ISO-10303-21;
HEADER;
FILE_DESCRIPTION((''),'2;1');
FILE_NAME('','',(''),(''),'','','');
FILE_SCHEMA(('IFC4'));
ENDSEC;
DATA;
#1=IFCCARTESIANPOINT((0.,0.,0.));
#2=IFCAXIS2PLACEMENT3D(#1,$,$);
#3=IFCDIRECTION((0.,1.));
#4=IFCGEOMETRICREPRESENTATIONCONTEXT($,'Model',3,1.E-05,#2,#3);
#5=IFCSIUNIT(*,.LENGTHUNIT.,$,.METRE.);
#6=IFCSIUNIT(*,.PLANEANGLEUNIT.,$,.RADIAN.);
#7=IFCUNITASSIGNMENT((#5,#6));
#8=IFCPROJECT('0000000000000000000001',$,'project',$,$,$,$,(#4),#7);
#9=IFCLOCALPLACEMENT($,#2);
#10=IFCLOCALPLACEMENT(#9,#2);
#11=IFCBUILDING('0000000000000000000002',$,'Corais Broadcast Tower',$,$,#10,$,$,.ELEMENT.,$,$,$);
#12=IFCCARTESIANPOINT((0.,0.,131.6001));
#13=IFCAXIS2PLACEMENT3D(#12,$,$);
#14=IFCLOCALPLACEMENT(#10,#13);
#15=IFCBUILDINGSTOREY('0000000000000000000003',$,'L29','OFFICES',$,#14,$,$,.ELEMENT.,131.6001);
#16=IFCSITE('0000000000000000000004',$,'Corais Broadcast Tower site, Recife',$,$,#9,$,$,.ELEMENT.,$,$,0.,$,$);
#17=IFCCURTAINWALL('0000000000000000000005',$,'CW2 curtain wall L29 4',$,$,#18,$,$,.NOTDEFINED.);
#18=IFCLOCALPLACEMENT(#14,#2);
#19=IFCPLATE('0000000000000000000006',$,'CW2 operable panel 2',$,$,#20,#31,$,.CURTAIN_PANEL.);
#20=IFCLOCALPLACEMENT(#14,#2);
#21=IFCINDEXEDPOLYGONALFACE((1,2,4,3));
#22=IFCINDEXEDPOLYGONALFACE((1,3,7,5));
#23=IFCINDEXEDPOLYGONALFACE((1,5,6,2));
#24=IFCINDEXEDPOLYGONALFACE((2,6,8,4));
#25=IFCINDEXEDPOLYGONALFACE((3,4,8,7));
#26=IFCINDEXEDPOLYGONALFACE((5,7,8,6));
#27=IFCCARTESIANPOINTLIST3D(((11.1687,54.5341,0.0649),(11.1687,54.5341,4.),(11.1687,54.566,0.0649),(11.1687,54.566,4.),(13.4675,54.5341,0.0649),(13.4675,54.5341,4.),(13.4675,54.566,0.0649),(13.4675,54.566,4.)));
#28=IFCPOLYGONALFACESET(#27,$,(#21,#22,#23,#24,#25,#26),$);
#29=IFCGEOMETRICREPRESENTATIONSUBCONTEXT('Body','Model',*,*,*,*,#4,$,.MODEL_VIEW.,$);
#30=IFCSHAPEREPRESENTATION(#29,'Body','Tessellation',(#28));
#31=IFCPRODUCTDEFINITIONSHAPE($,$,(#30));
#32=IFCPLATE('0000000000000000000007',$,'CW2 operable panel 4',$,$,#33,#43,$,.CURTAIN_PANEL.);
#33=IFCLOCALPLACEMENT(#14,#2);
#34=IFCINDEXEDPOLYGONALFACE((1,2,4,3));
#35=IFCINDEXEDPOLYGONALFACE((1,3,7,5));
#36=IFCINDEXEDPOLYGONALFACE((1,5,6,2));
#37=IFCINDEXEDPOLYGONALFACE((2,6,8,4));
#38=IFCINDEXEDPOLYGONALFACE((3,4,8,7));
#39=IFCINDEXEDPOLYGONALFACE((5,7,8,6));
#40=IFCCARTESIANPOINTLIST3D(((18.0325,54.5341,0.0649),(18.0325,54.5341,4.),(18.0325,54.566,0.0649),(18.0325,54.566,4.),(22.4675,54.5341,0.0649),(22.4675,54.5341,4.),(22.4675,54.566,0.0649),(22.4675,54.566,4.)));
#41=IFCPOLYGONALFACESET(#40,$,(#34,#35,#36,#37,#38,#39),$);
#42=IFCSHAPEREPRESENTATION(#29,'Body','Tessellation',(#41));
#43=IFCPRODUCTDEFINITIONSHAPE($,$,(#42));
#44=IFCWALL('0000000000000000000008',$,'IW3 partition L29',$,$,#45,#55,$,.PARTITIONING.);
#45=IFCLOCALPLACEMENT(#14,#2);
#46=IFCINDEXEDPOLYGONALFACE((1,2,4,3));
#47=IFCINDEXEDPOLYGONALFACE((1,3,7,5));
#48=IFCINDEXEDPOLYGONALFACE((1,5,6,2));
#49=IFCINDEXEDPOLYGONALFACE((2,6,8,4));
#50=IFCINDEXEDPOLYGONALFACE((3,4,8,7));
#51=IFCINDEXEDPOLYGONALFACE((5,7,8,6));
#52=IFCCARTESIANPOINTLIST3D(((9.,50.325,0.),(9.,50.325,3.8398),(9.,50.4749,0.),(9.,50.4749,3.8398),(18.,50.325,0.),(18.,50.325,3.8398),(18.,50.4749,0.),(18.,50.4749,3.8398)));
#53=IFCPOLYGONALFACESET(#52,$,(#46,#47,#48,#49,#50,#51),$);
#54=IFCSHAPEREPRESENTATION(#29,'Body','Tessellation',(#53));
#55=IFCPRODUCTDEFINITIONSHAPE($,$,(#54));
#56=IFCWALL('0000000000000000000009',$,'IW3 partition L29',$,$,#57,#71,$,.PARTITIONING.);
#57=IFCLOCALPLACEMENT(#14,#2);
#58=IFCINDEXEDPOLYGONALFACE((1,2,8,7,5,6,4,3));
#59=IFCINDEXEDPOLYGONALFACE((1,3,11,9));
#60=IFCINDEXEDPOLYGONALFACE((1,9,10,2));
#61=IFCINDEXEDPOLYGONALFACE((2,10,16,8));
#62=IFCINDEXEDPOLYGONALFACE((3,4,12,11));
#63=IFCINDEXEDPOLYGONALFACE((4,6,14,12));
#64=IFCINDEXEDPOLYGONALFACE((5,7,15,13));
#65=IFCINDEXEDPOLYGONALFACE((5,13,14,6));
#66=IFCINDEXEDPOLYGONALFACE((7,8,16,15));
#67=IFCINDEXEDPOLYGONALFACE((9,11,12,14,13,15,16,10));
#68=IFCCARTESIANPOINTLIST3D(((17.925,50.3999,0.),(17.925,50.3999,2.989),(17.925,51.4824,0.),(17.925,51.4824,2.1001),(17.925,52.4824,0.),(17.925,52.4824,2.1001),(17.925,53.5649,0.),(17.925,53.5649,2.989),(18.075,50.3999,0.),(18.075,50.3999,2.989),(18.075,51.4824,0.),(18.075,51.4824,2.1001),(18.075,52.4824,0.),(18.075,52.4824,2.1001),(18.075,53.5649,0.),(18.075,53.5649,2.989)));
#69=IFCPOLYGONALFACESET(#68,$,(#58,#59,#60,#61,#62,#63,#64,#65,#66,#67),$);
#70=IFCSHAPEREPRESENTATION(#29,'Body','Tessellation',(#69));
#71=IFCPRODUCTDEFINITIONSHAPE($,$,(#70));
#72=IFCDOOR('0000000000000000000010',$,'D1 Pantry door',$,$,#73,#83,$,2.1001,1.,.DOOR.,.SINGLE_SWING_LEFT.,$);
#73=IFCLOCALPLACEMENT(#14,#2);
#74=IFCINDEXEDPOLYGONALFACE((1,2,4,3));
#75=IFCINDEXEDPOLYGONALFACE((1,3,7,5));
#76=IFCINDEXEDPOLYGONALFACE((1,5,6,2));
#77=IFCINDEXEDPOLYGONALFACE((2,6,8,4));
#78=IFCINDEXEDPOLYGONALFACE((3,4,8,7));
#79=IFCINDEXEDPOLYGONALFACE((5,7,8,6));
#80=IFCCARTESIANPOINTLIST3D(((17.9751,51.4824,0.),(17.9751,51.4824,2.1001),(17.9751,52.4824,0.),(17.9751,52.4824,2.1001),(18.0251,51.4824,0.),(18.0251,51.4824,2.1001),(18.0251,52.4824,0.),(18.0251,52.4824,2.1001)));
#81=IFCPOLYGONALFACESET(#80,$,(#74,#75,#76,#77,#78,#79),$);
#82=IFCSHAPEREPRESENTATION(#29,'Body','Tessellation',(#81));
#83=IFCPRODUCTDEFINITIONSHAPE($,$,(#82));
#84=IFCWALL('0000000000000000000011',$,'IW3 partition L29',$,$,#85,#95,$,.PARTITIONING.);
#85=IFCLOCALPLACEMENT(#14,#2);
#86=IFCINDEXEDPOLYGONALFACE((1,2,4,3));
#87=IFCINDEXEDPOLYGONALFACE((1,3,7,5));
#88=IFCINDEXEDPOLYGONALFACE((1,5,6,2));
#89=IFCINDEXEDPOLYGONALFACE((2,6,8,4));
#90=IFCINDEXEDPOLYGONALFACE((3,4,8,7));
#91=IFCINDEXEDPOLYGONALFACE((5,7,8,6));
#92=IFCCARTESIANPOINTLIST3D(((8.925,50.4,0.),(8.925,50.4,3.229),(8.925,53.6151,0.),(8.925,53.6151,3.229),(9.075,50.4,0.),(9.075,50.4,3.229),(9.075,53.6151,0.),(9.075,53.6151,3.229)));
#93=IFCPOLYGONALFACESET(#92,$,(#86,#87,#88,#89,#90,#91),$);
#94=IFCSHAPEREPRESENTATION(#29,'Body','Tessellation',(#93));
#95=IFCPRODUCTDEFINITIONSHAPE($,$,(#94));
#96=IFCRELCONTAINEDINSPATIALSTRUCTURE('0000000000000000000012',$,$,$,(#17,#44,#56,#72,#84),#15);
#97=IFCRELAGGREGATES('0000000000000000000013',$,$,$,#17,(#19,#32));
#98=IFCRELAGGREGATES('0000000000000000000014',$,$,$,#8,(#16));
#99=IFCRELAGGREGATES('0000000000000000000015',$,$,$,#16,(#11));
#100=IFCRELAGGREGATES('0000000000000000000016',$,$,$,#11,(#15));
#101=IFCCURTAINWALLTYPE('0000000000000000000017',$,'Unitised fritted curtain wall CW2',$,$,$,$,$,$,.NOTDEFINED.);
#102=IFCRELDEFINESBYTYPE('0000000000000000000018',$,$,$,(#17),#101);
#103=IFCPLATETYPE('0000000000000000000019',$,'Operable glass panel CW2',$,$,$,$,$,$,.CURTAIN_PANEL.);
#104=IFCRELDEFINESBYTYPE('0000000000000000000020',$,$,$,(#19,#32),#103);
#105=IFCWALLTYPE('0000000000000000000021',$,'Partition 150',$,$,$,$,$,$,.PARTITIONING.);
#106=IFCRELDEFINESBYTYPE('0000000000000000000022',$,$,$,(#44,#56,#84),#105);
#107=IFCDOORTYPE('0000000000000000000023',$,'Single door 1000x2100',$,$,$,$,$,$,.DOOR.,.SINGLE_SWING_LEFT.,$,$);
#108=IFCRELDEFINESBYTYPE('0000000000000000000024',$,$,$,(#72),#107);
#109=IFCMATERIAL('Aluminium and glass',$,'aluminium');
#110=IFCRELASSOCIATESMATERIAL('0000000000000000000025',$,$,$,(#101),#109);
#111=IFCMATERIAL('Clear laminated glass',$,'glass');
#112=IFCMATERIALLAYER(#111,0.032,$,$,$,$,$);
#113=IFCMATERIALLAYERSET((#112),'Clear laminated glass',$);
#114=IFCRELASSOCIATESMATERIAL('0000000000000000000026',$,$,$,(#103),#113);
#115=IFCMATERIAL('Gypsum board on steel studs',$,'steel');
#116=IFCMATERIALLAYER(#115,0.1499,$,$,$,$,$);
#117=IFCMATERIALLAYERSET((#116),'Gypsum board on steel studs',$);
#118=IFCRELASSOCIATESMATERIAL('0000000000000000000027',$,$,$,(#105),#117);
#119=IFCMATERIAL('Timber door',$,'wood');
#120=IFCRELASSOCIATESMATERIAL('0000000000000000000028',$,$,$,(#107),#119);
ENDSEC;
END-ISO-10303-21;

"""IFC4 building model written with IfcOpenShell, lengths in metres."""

from ifc_helpers import new_model, si_unit, direction, frame, frame_2d, origin, origin_2d, place, context, subcontext, project, spatial, rectangle, extrude, material, layer, layer_set, type_object, element, fill, aggregate, save


model = new_model("IFC4")

# Units and contexts
model_context = context("Model", 3, precision=1e-05, world=origin(), true_north=direction((0.0, 1.0)))
body_context = subcontext(model_context, "Body", "Model", "MODEL_VIEW")
ifc_project = project(units=[si_unit("LENGTHUNIT", "METRE"), si_unit("PLANEANGLEUNIT", "RADIAN")], contexts=[model_context])

# Site, building, storey
site_placement = place(None, origin())
site = spatial("IfcSite", under=ifc_project, at=site_placement, Name="Corais Broadcast Tower site, Recife", CompositionType="ELEMENT", RefElevation=0.0)
building_placement = place(site_placement, origin())
building = spatial("IfcBuilding", under=site, at=building_placement, Name="Corais Broadcast Tower", CompositionType="ELEMENT")
storey_placement = place(building_placement, frame((0.0, 0.0, 131.6001)))
storey = spatial("IfcBuildingStorey", under=building, at=storey_placement, Name="L29", Description="OFFICES", CompositionType="ELEMENT", Elevation=131.6001)

# Curtain wall
ifc_material_1 = material(Name="Aluminium and glass", Category="aluminium")
curtain_wall_type = type_object("IfcCurtainWallType", Name="Unitised fritted curtain wall CW2", PredefinedType="NOTDEFINED", material=ifc_material_1)
curtain_wall_placement = place(storey_placement, origin())
curtain_wall = element("IfcCurtainWall", 1, at=curtain_wall_placement, inside=storey, type_object=curtain_wall_type, Name="CW2 curtain wall L29 4", PredefinedType="NOTDEFINED")

# Plates
ifc_material_2 = material(Name="Clear laminated glass", Category="glass")
ifc_layer_1 = layer(ifc_material_2, 0.032)
ifc_layer_set_1 = layer_set([ifc_layer_1], Name="Clear laminated glass")
plate_type_1 = type_object("IfcPlateType", Name="Operable glass panel CW2", PredefinedType="CURTAIN_PANEL", material=ifc_layer_set_1)
plate_1_placement = place(storey_placement, frame((12.3181, 54.55, 0.0649), z_axis=(0.0, 0.0, 1.0), x_axis=(1.0, 0.0, 0.0)))
plate_1 = element("IfcPlate", 2, at=plate_1_placement, type_object=plate_type_1, Name="CW2 operable panel 2", PredefinedType="CURTAIN_PANEL", context=body_context, shape_type="SweptSolid", body=[
    extrude(rectangle(XDim=2.2988, YDim=0.032, at=origin_2d()), origin(), (0.0, 0.0, 1.0), 3.9351),
])
plate_2_placement = place(storey_placement, frame((20.25, 54.55, 0.0649), z_axis=(0.0, 0.0, 1.0), x_axis=(1.0, 0.0, 0.0)))
plate_2 = element("IfcPlate", 3, at=plate_2_placement, type_object=plate_type_1, Name="CW2 operable panel 4", PredefinedType="CURTAIN_PANEL", context=body_context, shape_type="SweptSolid", body=[
    extrude(rectangle(XDim=4.4351, YDim=0.032, at=origin_2d()), origin(), (0.0, 0.0, 1.0), 3.9351),
])
aggregate(curtain_wall, [plate_1, plate_2])

# Wall
ifc_material_3 = material(Name="Gypsum board on steel studs", Category="steel")
ifc_layer_2 = layer(ifc_material_3, 0.1499)
ifc_layer_set_2 = layer_set([ifc_layer_2], Name="Gypsum board on steel studs")
wall_type = type_object("IfcWallType", Name="Partition 150", PredefinedType="PARTITIONING", material=ifc_layer_set_2)
wall_1_placement = place(storey_placement, frame((9.0, 50.3999, 0.0), z_axis=(0.0, 0.0, 1.0), x_axis=(1.0, 0.0, 0.0)))
element("IfcWall", 4, at=wall_1_placement, inside=storey, type_object=wall_type, Name="IW3 partition L29", PredefinedType="PARTITIONING", context=body_context, shape_type="SweptSolid", body=[
    extrude(rectangle(XDim=9.0, YDim=0.1499, at=frame_2d((4.5, 0.0))), origin(), (0.0, 0.0, 1.0), 3.8398),
])

# Wall, opening, door
wall_2_placement = place(storey_placement, frame((18.0, 50.3999, 0.0), z_axis=(0.0, 0.0, 1.0), x_axis=(0.0, 1.0, 0.0)))
wall_2 = element("IfcWall", 5, at=wall_2_placement, inside=storey, type_object=wall_type, Name="IW3 partition L29", PredefinedType="PARTITIONING", context=body_context, shape_type="SweptSolid", body=[
    extrude(rectangle(XDim=3.165, YDim=0.1499, at=frame_2d((1.5825, 0.0))), origin(), (0.0, 0.0, 1.0), 2.989),
])
opening_placement = place(wall_2_placement, frame((1.0825, 0.0, 0.0)))
opening = element("IfcOpeningElement", 6, at=opening_placement, cuts=wall_2, PredefinedType="OPENING", context=body_context, shape_type="SweptSolid", body=[
    extrude(rectangle(XDim=1.0, YDim=2.1001, at=frame_2d((0.5, 1.05))), frame((0.0, 0.085, 0.0), z_axis=(0.0, -1.0, 0.0), x_axis=(1.0, 0.0, 0.0)), (0.0, 0.0, 1.0), 0.1699),
])
ifc_material_4 = material(Name="Timber door", Category="wood")
door_type = type_object("IfcDoorType", Name="Single door 1000x2100", OperationType="SINGLE_SWING_LEFT", PredefinedType="DOOR", material=ifc_material_4)
door_placement = place(opening_placement, origin())
door = element("IfcDoor", 7, at=door_placement, inside=storey, type_object=door_type, Name="D1 Pantry door", OperationType="SINGLE_SWING_LEFT", OverallHeight=2.1001, OverallWidth=1.0, PredefinedType="DOOR", context=body_context, shape_type="SweptSolid", body=[
    extrude(rectangle(XDim=1.0, YDim=2.1001, at=frame_2d((0.5, 1.05))), frame((0.0, 0.0249, 0.0), z_axis=(0.0, -1.0, 0.0), x_axis=(1.0, 0.0, 0.0)), (0.0, 0.0, 1.0), 0.05),
])
fill(opening, door)

# Wall
wall_3_placement = place(storey_placement, frame((9.0, 53.615, 0.0), z_axis=(0.0, 0.0, 1.0), x_axis=(0.0, -1.0, 0.0)))
element("IfcWall", 8, at=wall_3_placement, inside=storey, type_object=wall_type, Name="IW3 partition L29", PredefinedType="PARTITIONING", context=body_context, shape_type="SweptSolid", body=[
    extrude(rectangle(XDim=3.2151, YDim=0.1499, at=frame_2d((1.6074, 0.0))), origin(), (0.0, 0.0, 1.0), 3.229),
])

save(model, "model.ifc")
